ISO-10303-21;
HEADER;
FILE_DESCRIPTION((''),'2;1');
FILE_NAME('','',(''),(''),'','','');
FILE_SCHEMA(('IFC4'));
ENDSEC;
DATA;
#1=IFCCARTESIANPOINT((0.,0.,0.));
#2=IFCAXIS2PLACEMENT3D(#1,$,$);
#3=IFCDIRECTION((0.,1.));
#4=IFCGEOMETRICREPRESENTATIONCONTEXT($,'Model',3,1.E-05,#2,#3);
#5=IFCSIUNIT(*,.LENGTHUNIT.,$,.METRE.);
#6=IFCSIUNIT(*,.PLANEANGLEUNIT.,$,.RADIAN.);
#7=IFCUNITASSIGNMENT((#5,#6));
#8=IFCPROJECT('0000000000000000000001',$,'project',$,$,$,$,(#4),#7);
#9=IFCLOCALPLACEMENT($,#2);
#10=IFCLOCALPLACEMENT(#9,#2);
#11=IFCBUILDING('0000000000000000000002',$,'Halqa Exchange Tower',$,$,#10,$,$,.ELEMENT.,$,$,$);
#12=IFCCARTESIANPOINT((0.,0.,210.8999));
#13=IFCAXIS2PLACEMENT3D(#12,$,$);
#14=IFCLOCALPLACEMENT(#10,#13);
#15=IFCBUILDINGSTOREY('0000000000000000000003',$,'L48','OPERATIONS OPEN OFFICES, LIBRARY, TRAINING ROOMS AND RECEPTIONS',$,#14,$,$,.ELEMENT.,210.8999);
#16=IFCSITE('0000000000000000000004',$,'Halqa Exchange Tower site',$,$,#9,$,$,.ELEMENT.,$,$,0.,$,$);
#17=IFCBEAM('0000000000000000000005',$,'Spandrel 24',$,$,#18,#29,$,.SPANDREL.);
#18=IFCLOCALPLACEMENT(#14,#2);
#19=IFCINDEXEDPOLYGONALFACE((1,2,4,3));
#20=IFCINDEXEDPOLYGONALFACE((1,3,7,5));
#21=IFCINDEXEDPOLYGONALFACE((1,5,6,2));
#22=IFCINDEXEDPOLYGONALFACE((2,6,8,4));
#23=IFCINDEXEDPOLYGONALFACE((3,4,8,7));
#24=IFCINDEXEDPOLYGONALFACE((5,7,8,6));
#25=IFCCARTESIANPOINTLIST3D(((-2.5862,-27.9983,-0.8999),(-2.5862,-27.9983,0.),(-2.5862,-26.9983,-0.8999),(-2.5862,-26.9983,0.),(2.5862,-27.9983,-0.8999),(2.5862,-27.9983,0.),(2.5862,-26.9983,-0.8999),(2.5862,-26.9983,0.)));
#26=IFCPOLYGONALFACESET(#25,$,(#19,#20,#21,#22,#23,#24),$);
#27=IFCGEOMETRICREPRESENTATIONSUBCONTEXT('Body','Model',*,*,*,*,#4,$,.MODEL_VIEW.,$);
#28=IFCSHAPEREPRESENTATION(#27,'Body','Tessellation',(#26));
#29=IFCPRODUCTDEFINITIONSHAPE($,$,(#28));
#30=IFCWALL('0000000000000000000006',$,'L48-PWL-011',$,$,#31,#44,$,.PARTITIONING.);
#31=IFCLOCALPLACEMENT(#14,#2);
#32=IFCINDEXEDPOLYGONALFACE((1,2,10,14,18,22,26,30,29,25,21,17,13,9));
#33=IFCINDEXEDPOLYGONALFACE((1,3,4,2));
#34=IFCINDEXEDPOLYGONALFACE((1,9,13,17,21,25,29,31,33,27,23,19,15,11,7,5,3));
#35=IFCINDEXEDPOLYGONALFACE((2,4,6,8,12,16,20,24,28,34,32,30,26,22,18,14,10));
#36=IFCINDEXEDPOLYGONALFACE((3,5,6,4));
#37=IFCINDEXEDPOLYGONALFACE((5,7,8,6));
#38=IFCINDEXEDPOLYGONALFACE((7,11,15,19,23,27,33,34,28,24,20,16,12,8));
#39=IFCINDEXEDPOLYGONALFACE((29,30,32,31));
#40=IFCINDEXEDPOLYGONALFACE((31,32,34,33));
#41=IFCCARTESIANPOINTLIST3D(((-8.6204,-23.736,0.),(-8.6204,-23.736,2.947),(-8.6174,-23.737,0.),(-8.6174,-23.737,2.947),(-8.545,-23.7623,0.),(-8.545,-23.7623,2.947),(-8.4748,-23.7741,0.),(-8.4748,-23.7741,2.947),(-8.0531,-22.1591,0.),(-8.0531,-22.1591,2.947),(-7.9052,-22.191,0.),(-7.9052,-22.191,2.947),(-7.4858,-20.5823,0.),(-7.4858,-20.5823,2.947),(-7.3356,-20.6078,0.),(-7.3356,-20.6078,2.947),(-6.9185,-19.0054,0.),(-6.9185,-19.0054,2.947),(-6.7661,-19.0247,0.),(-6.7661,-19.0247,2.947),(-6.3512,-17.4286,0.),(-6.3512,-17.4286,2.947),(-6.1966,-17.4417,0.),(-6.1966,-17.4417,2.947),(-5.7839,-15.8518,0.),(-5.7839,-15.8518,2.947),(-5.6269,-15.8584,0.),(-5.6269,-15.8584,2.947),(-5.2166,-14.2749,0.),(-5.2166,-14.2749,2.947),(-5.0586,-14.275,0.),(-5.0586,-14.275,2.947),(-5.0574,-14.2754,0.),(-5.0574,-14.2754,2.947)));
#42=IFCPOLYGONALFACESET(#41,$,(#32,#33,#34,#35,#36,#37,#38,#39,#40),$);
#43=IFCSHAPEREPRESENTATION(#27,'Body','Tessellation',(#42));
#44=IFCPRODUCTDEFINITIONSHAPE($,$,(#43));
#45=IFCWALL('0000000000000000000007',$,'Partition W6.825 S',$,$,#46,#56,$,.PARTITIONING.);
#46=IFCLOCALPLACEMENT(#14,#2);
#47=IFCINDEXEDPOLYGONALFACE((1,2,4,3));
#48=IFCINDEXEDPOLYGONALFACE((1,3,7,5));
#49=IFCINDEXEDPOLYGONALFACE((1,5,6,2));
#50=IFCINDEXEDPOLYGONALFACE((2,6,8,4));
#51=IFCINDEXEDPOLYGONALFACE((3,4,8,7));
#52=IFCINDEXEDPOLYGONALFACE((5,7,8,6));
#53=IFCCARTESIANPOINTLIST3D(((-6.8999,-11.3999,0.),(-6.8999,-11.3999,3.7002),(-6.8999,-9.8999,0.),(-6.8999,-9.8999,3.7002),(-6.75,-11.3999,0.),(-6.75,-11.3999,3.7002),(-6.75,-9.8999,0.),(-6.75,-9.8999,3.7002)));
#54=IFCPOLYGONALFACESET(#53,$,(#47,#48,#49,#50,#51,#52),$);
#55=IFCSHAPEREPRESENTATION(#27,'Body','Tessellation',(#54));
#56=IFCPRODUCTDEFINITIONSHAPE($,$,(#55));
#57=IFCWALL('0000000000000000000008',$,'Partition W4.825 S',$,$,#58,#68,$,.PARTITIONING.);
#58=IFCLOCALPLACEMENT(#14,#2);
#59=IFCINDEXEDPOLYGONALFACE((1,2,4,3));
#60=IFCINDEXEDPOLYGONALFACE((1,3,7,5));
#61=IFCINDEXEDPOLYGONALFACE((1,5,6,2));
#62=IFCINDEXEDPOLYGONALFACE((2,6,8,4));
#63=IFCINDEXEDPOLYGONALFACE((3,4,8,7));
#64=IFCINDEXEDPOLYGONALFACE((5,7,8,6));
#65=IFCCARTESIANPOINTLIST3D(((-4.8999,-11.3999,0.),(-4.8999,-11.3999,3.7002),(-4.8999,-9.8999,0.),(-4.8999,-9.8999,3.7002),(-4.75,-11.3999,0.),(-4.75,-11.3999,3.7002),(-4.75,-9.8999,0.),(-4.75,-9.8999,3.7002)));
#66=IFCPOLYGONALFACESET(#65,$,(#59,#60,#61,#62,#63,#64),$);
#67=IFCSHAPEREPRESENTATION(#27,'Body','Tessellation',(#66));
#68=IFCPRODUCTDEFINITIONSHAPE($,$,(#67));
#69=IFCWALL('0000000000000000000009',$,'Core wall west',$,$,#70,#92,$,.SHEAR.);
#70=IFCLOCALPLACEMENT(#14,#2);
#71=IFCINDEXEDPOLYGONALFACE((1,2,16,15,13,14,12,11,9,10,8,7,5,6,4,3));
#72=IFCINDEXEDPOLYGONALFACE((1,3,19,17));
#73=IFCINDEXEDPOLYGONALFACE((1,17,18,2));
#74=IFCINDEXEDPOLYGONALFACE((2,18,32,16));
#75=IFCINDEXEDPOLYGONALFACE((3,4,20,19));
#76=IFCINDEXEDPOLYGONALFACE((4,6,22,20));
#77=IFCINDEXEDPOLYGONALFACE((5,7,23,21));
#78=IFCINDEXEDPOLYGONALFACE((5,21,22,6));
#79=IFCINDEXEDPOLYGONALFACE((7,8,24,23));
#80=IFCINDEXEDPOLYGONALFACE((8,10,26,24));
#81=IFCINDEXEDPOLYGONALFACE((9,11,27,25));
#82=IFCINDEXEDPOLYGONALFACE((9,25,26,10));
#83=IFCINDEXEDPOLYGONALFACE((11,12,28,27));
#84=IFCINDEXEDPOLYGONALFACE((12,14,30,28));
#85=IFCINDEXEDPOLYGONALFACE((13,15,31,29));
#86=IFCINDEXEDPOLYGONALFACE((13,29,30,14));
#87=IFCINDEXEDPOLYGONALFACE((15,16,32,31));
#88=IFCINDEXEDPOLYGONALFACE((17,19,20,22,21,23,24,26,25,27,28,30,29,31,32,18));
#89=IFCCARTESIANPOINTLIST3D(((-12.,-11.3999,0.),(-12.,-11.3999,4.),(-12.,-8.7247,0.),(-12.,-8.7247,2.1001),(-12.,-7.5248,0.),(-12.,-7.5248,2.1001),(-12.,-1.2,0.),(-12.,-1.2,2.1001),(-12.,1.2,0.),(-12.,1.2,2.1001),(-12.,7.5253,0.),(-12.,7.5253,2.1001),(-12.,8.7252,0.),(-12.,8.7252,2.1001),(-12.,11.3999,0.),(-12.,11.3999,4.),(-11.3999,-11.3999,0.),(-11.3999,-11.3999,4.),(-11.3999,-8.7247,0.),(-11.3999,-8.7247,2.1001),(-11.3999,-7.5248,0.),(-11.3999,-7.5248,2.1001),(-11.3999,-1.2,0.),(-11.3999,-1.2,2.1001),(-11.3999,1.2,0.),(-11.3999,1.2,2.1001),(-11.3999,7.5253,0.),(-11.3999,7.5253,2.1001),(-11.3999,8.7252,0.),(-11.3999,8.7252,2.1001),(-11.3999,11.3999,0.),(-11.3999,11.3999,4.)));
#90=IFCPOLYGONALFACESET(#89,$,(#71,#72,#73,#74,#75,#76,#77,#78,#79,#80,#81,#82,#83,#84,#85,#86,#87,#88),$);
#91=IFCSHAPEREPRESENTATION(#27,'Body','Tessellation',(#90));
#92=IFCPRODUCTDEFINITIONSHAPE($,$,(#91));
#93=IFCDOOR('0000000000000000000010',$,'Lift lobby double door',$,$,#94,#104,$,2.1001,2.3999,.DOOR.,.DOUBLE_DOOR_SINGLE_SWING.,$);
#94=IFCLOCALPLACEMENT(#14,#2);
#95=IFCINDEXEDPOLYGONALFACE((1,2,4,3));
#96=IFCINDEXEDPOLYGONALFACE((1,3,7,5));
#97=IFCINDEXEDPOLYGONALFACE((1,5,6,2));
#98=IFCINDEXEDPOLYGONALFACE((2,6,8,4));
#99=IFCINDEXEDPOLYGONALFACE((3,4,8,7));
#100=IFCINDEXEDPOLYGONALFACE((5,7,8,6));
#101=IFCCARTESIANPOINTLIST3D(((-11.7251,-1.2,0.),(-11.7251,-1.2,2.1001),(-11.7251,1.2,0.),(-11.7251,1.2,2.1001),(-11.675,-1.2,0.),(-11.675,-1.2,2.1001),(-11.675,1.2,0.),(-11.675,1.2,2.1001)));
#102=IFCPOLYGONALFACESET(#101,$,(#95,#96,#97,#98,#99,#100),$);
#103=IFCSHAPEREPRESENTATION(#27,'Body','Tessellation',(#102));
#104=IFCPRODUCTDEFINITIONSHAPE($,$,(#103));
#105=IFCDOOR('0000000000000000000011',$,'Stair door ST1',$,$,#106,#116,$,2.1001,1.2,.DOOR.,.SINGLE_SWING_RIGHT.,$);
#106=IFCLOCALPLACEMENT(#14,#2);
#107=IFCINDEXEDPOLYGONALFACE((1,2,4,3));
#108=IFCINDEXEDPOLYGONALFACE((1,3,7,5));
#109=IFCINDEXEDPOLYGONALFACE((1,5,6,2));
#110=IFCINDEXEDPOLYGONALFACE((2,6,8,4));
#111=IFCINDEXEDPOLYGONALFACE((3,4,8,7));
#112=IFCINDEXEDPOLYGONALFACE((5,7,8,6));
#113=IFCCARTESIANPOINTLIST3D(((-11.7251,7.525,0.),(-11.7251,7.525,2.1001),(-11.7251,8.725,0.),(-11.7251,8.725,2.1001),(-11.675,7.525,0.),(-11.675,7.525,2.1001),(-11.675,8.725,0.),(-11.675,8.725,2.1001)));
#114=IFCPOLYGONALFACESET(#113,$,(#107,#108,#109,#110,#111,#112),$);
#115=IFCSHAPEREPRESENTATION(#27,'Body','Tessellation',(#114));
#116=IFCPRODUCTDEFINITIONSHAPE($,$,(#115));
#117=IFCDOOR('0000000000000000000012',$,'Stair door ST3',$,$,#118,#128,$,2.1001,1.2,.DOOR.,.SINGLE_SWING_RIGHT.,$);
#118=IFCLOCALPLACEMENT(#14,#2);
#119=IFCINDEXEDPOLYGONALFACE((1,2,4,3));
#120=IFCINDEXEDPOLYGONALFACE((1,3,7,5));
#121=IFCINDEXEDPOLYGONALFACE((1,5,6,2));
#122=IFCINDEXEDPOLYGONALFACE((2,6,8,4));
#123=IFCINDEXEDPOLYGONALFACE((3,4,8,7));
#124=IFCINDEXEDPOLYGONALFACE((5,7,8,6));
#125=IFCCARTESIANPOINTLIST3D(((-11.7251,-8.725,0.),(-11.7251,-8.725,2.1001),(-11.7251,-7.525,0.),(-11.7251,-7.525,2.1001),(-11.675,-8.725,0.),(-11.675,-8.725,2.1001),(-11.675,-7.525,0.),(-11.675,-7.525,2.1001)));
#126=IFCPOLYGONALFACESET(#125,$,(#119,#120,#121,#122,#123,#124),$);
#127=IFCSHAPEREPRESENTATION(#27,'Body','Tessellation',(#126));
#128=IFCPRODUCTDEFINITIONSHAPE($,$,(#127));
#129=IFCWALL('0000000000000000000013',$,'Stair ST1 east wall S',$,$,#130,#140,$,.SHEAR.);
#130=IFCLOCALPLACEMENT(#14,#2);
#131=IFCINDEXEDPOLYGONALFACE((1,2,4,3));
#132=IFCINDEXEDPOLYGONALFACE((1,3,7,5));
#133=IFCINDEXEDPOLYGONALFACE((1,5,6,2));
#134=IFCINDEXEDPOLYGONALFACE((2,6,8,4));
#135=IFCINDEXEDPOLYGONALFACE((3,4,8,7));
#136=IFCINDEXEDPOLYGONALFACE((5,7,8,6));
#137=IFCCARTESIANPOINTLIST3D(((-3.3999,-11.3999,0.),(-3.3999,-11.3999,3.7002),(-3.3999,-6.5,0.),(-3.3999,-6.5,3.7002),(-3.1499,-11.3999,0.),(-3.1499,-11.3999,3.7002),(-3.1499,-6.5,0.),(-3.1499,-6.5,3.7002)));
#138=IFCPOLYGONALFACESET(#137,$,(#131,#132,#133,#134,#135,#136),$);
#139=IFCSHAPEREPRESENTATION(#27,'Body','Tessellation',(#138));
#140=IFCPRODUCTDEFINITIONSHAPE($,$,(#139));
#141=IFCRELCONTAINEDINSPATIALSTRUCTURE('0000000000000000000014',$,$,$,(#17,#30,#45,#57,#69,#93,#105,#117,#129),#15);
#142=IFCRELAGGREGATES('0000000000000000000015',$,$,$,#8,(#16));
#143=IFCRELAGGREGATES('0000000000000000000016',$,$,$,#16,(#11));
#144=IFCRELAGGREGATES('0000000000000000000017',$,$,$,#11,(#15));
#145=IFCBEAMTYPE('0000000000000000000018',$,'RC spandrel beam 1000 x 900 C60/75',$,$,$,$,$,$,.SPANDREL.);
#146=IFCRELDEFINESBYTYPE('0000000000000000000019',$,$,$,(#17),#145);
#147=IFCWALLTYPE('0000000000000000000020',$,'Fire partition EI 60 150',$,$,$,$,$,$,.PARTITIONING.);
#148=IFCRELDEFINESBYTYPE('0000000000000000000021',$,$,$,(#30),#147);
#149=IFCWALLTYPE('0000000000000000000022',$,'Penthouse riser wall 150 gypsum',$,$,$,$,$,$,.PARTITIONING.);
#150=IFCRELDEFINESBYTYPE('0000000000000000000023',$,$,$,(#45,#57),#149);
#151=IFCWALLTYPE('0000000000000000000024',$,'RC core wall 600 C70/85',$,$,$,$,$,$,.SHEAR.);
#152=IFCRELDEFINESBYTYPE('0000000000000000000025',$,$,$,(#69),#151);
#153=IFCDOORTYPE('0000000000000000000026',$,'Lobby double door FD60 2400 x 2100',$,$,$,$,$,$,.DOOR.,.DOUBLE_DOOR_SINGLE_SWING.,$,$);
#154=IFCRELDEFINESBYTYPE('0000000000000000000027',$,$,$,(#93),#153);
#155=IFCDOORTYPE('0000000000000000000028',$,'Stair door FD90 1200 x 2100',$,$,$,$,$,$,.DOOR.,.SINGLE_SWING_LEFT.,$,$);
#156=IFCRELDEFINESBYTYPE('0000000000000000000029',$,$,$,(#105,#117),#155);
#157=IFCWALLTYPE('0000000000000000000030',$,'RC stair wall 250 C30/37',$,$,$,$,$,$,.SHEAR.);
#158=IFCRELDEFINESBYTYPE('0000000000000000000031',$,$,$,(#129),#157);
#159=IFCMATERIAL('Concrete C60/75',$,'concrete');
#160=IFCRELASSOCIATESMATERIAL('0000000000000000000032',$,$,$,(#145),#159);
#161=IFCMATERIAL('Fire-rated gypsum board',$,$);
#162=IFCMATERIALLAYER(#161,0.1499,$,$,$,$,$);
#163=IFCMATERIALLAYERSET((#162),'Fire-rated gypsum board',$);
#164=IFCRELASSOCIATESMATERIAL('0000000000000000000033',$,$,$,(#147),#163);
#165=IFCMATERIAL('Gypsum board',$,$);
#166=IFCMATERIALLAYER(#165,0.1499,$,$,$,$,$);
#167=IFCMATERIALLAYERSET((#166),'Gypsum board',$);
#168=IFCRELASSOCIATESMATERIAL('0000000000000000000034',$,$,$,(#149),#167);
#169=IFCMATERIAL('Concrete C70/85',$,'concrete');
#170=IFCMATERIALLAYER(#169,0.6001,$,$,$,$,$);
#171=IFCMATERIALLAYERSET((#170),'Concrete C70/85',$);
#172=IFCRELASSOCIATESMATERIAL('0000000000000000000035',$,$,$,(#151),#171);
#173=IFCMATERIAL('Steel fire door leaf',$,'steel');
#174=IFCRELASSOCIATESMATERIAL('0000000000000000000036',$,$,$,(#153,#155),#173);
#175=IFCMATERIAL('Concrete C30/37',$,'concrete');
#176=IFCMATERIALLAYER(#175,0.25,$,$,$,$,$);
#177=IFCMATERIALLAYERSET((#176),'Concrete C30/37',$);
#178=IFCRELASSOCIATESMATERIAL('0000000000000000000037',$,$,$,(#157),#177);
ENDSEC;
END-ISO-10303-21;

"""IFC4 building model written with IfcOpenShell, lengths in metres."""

from ifc_helpers import new_model, si_unit, direction, frame, frame_2d, origin, origin_2d, place, context, subcontext, project, spatial, polyline, rectangle, outline, extrude, material, layer, layer_set, material_profile, profile_set, type_object, element, fill, save


model = new_model("IFC4")

# Units and contexts
model_context = context("Model", 3, precision=1e-05, world=origin(), true_north=direction((0.0, 1.0)))
body_context = subcontext(model_context, "Body", "Model", "MODEL_VIEW")
ifc_project = project(units=[si_unit("LENGTHUNIT", "METRE"), si_unit("PLANEANGLEUNIT", "RADIAN")], contexts=[model_context])

# Site, building, storey
site_placement = place(None, origin())
site = spatial("IfcSite", under=ifc_project, at=site_placement, Name="Halqa Exchange Tower site", CompositionType="ELEMENT", RefElevation=0.0)
building_placement = place(site_placement, origin())
building = spatial("IfcBuilding", under=site, at=building_placement, Name="Halqa Exchange Tower", CompositionType="ELEMENT")
storey_placement = place(building_placement, frame((0.0, 0.0, 210.8999)))
storey = spatial("IfcBuildingStorey", under=building, at=storey_placement, Name="L48", Description="OPERATIONS OPEN OFFICES, LIBRARY, TRAINING ROOMS AND RECEPTIONS", CompositionType="ELEMENT", Elevation=210.8999)

# Shared definitions
ifc_material_1 = material(Name="Concrete C60/75", Category="concrete")

# Beam
ifc_material_profile_1 = material_profile(ifc_material_1, rectangle(XDim=1.0, YDim=0.8999, at=origin_2d()), Name="1000 x 900")
ifc_profile_set_1 = profile_set([ifc_material_profile_1], Name="Concrete C60/75")
beam_type_1 = type_object("IfcBeamType", Name="RC spandrel beam 1000 x 900 C60/75", PredefinedType="SPANDREL", material=ifc_profile_set_1)
beam_1_placement = place(storey_placement, frame((-2.5862, -27.4983, -0.45), z_axis=(1.0, 0.0, 0.0), x_axis=(0.0, 1.0, 0.0)))
element("IfcBeam", 1, at=beam_1_placement, inside=storey, type_object=beam_type_1, Name="Spandrel 24", PredefinedType="SPANDREL", context=body_context, shape_type="SweptSolid", body=[
    extrude(rectangle(XDim=1.0, YDim=0.8999, at=origin_2d()), origin(), (0.0, 0.0, 1.0), 5.1724),
])

# Walls
ifc_material_2 = material(Name="Fire-rated gypsum board")
ifc_layer_1 = layer(ifc_material_2, 0.1499)
ifc_layer_set_1 = layer_set([ifc_layer_1], Name="Fire-rated gypsum board")
wall_type_1 = type_object("IfcWallType", Name="Fire partition EI 60 150", PredefinedType="PARTITIONING", material=ifc_layer_set_1)
wall_1_placement = place(storey_placement, frame((-5.1279, -14.25, 0.0), z_axis=(0.0, 0.0, 1.0), x_axis=(-0.33853, -0.940956, 0.0)))
element("IfcWall", 2, at=wall_1_placement, inside=storey, type_object=wall_type_1, Name="L48-PWL-011", PredefinedType="PARTITIONING", context=body_context, shape_type="SweptSolid", body=[
    extrude(outline(polyline([(10.1082, -0.075), (10.1082, -0.0718), (10.1074, 0.0049), (10.0947, 0.075), (8.4124, 0.075), (6.7297, 0.075), (5.0474, 0.075), (3.365, 0.075), (1.6824, 0.075), (0.0, 0.075), (0.0, 0.0737), (0.0535, -0.075), (1.7292, -0.075), (3.405, -0.075), (5.0808, -0.075), (6.7566, -0.075), (8.4324, -0.075), (10.1082, -0.075)])), origin(), (0.0, 0.0, 1.0), 2.947),
])
ifc_material_3 = material(Name="Gypsum board")
ifc_layer_2 = layer(ifc_material_3, 0.1499)
ifc_layer_set_2 = layer_set([ifc_layer_2], Name="Gypsum board")
wall_type_2 = type_object("IfcWallType", Name="Penthouse riser wall 150 gypsum", PredefinedType="PARTITIONING", material=ifc_layer_set_2)
for number, where, z_axis, x_axis, name in (
    (3, (-6.825, -11.3999, 0.0), (0.0, 0.0, 1.0), (0.0, 1.0, 0.0), "Partition W6.825 S"),
    (4, (-4.825, -11.3999, 0.0), (0.0, 0.0, 1.0), (0.0, 1.0, 0.0), "Partition W4.825 S"),
):
    element("IfcWall", number, at=place(storey_placement, frame(where, z_axis=z_axis, x_axis=x_axis)), inside=storey, type_object=wall_type_2, Name=name, PredefinedType="PARTITIONING", context=body_context, shape_type="SweptSolid", body=[
        extrude(rectangle(XDim=1.5, YDim=0.1499, at=frame_2d((0.75, 0.0))), origin(), (0.0, 0.0, 1.0), 3.7002),
    ])

# Wall, openings, doors
ifc_material_4 = material(Name="Concrete C70/85", Category="concrete")
ifc_layer_3 = layer(ifc_material_4, 0.6001)
ifc_layer_set_3 = layer_set([ifc_layer_3], Name="Concrete C70/85")
wall_type_3 = type_object("IfcWallType", Name="RC core wall 600 C70/85", PredefinedType="SHEAR", material=ifc_layer_set_3)
wall_2_placement = place(storey_placement, frame((-11.7, -11.3999, 0.0), z_axis=(0.0, 0.0, 1.0), x_axis=(0.0, 1.0, 0.0)))
wall_2 = element("IfcWall", 5, at=wall_2_placement, inside=storey, type_object=wall_type_3, Name="Core wall west", PredefinedType="SHEAR", context=body_context, shape_type="SweptSolid", body=[
    extrude(rectangle(XDim=22.7998, YDim=0.6001, at=frame_2d((11.3999, 0.0))), origin(), (0.0, 0.0, 1.0), 4.0),
])
opening_1_placement = place(wall_2_placement, frame((10.2, 0.0, 0.0)))
opening_1 = element("IfcOpeningElement", 6, at=opening_1_placement, cuts=wall_2, PredefinedType="OPENING", context=body_context, shape_type="SweptSolid", body=[
    extrude(rectangle(XDim=2.3999, YDim=2.1001, at=frame_2d((1.2, 1.05))), frame((0.0, 0.312, 0.0), z_axis=(0.0, -1.0, 0.0), x_axis=(1.0, 0.0, 0.0)), (0.0, 0.0, 1.0), 0.624),
])
opening_2_placement = place(wall_2_placement, frame((18.925, 0.0, 0.0)))
opening_2 = element("IfcOpeningElement", 7, at=opening_2_placement, cuts=wall_2, PredefinedType="OPENING", context=body_context, shape_type="SweptSolid", body=[
    extrude(rectangle(XDim=1.2, YDim=2.1001, at=frame_2d((0.6001, 1.05))), frame((0.0, 0.312, 0.0), z_axis=(0.0, -1.0, 0.0), x_axis=(1.0, 0.0, 0.0)), (0.0, 0.0, 1.0), 0.624),
])
opening_3_placement = place(wall_2_placement, frame((2.675, 0.0, 0.0)))
opening_3 = element("IfcOpeningElement", 8, at=opening_3_placement, cuts=wall_2, PredefinedType="OPENING", context=body_context, shape_type="SweptSolid", body=[
    extrude(rectangle(XDim=1.2, YDim=2.1001, at=frame_2d((0.6001, 1.05))), frame((0.0, 0.312, 0.0), z_axis=(0.0, -1.0, 0.0), x_axis=(1.0, 0.0, 0.0)), (0.0, 0.0, 1.0), 0.624),
])
ifc_material_5 = material(Name="Steel fire door leaf", Category="steel")
door_type_1 = type_object("IfcDoorType", Name="Lobby double door FD60 2400 x 2100", OperationType="DOUBLE_DOOR_SINGLE_SWING", PredefinedType="DOOR", material=ifc_material_5)
door_1_placement = place(opening_1_placement, frame((2.3999, 0.0, 0.0), z_axis=(0.0, 0.0, 1.0), x_axis=(-1.0, 0.0, 0.0)))
door_1 = element("IfcDoor", 9, at=door_1_placement, inside=storey, type_object=door_type_1, Name="Lift lobby double door", OperationType="DOUBLE_DOOR_SINGLE_SWING", OverallHeight=2.1001, OverallWidth=2.3999, PredefinedType="DOOR", context=body_context, shape_type="SweptSolid", body=[
    extrude(rectangle(XDim=2.3999, YDim=2.1001, at=frame_2d((1.2, 1.05))), frame((0.0, 0.0249, 0.0), z_axis=(0.0, -1.0, 0.0), x_axis=(1.0, 0.0, 0.0)), (0.0, 0.0, 1.0), 0.05),
])
fill(opening_1, door_1)
door_type_2 = type_object("IfcDoorType", Name="Stair door FD90 1200 x 2100", OperationType="SINGLE_SWING_LEFT", PredefinedType="DOOR", material=ifc_material_5)
door_2_placement = place(opening_2_placement, frame((1.2, 0.0, 0.0), z_axis=(0.0, 0.0, 1.0), x_axis=(-1.0, 0.0, 0.0)))
door_2 = element("IfcDoor", 10, at=door_2_placement, inside=storey, type_object=door_type_2, Name="Stair door ST1", OperationType="SINGLE_SWING_RIGHT", OverallHeight=2.1001, OverallWidth=1.2, PredefinedType="DOOR", context=body_context, shape_type="SweptSolid", body=[
    extrude(rectangle(XDim=1.2, YDim=2.1001, at=frame_2d((0.6001, 1.05))), frame((0.0, 0.0249, 0.0), z_axis=(0.0, -1.0, 0.0), x_axis=(1.0, 0.0, 0.0)), (0.0, 0.0, 1.0), 0.05),
])
fill(opening_2, door_2)
door_3_placement = place(opening_3_placement, frame((1.2, 0.0, 0.0), z_axis=(0.0, 0.0, 1.0), x_axis=(-1.0, 0.0, 0.0)))
door_3 = element("IfcDoor", 11, at=door_3_placement, inside=storey, type_object=door_type_2, Name="Stair door ST3", OperationType="SINGLE_SWING_RIGHT", OverallHeight=2.1001, OverallWidth=1.2, PredefinedType="DOOR", context=body_context, shape_type="SweptSolid", body=[
    extrude(rectangle(XDim=1.2, YDim=2.1001, at=frame_2d((0.6001, 1.05))), frame((0.0, 0.0249, 0.0), z_axis=(0.0, -1.0, 0.0), x_axis=(1.0, 0.0, 0.0)), (0.0, 0.0, 1.0), 0.05),
])
fill(opening_3, door_3)

# Wall
ifc_material_6 = material(Name="Concrete C30/37", Category="concrete")
ifc_layer_4 = layer(ifc_material_6, 0.25)
ifc_layer_set_4 = layer_set([ifc_layer_4], Name="Concrete C30/37")
wall_type_4 = type_object("IfcWallType", Name="RC stair wall 250 C30/37", PredefinedType="SHEAR", material=ifc_layer_set_4)
wall_3_placement = place(storey_placement, frame((-3.2749, -11.3999, 0.0), z_axis=(0.0, 0.0, 1.0), x_axis=(0.0, 1.0, 0.0)))
element("IfcWall", 12, at=wall_3_placement, inside=storey, type_object=wall_type_4, Name="Stair ST1 east wall S", PredefinedType="SHEAR", context=body_context, shape_type="SweptSolid", body=[
    extrude(rectangle(XDim=4.8999, YDim=0.25, at=frame_2d((2.45, 0.0))), origin(), (0.0, 0.0, 1.0), 3.7002),
])

save(model, "model.ifc")
